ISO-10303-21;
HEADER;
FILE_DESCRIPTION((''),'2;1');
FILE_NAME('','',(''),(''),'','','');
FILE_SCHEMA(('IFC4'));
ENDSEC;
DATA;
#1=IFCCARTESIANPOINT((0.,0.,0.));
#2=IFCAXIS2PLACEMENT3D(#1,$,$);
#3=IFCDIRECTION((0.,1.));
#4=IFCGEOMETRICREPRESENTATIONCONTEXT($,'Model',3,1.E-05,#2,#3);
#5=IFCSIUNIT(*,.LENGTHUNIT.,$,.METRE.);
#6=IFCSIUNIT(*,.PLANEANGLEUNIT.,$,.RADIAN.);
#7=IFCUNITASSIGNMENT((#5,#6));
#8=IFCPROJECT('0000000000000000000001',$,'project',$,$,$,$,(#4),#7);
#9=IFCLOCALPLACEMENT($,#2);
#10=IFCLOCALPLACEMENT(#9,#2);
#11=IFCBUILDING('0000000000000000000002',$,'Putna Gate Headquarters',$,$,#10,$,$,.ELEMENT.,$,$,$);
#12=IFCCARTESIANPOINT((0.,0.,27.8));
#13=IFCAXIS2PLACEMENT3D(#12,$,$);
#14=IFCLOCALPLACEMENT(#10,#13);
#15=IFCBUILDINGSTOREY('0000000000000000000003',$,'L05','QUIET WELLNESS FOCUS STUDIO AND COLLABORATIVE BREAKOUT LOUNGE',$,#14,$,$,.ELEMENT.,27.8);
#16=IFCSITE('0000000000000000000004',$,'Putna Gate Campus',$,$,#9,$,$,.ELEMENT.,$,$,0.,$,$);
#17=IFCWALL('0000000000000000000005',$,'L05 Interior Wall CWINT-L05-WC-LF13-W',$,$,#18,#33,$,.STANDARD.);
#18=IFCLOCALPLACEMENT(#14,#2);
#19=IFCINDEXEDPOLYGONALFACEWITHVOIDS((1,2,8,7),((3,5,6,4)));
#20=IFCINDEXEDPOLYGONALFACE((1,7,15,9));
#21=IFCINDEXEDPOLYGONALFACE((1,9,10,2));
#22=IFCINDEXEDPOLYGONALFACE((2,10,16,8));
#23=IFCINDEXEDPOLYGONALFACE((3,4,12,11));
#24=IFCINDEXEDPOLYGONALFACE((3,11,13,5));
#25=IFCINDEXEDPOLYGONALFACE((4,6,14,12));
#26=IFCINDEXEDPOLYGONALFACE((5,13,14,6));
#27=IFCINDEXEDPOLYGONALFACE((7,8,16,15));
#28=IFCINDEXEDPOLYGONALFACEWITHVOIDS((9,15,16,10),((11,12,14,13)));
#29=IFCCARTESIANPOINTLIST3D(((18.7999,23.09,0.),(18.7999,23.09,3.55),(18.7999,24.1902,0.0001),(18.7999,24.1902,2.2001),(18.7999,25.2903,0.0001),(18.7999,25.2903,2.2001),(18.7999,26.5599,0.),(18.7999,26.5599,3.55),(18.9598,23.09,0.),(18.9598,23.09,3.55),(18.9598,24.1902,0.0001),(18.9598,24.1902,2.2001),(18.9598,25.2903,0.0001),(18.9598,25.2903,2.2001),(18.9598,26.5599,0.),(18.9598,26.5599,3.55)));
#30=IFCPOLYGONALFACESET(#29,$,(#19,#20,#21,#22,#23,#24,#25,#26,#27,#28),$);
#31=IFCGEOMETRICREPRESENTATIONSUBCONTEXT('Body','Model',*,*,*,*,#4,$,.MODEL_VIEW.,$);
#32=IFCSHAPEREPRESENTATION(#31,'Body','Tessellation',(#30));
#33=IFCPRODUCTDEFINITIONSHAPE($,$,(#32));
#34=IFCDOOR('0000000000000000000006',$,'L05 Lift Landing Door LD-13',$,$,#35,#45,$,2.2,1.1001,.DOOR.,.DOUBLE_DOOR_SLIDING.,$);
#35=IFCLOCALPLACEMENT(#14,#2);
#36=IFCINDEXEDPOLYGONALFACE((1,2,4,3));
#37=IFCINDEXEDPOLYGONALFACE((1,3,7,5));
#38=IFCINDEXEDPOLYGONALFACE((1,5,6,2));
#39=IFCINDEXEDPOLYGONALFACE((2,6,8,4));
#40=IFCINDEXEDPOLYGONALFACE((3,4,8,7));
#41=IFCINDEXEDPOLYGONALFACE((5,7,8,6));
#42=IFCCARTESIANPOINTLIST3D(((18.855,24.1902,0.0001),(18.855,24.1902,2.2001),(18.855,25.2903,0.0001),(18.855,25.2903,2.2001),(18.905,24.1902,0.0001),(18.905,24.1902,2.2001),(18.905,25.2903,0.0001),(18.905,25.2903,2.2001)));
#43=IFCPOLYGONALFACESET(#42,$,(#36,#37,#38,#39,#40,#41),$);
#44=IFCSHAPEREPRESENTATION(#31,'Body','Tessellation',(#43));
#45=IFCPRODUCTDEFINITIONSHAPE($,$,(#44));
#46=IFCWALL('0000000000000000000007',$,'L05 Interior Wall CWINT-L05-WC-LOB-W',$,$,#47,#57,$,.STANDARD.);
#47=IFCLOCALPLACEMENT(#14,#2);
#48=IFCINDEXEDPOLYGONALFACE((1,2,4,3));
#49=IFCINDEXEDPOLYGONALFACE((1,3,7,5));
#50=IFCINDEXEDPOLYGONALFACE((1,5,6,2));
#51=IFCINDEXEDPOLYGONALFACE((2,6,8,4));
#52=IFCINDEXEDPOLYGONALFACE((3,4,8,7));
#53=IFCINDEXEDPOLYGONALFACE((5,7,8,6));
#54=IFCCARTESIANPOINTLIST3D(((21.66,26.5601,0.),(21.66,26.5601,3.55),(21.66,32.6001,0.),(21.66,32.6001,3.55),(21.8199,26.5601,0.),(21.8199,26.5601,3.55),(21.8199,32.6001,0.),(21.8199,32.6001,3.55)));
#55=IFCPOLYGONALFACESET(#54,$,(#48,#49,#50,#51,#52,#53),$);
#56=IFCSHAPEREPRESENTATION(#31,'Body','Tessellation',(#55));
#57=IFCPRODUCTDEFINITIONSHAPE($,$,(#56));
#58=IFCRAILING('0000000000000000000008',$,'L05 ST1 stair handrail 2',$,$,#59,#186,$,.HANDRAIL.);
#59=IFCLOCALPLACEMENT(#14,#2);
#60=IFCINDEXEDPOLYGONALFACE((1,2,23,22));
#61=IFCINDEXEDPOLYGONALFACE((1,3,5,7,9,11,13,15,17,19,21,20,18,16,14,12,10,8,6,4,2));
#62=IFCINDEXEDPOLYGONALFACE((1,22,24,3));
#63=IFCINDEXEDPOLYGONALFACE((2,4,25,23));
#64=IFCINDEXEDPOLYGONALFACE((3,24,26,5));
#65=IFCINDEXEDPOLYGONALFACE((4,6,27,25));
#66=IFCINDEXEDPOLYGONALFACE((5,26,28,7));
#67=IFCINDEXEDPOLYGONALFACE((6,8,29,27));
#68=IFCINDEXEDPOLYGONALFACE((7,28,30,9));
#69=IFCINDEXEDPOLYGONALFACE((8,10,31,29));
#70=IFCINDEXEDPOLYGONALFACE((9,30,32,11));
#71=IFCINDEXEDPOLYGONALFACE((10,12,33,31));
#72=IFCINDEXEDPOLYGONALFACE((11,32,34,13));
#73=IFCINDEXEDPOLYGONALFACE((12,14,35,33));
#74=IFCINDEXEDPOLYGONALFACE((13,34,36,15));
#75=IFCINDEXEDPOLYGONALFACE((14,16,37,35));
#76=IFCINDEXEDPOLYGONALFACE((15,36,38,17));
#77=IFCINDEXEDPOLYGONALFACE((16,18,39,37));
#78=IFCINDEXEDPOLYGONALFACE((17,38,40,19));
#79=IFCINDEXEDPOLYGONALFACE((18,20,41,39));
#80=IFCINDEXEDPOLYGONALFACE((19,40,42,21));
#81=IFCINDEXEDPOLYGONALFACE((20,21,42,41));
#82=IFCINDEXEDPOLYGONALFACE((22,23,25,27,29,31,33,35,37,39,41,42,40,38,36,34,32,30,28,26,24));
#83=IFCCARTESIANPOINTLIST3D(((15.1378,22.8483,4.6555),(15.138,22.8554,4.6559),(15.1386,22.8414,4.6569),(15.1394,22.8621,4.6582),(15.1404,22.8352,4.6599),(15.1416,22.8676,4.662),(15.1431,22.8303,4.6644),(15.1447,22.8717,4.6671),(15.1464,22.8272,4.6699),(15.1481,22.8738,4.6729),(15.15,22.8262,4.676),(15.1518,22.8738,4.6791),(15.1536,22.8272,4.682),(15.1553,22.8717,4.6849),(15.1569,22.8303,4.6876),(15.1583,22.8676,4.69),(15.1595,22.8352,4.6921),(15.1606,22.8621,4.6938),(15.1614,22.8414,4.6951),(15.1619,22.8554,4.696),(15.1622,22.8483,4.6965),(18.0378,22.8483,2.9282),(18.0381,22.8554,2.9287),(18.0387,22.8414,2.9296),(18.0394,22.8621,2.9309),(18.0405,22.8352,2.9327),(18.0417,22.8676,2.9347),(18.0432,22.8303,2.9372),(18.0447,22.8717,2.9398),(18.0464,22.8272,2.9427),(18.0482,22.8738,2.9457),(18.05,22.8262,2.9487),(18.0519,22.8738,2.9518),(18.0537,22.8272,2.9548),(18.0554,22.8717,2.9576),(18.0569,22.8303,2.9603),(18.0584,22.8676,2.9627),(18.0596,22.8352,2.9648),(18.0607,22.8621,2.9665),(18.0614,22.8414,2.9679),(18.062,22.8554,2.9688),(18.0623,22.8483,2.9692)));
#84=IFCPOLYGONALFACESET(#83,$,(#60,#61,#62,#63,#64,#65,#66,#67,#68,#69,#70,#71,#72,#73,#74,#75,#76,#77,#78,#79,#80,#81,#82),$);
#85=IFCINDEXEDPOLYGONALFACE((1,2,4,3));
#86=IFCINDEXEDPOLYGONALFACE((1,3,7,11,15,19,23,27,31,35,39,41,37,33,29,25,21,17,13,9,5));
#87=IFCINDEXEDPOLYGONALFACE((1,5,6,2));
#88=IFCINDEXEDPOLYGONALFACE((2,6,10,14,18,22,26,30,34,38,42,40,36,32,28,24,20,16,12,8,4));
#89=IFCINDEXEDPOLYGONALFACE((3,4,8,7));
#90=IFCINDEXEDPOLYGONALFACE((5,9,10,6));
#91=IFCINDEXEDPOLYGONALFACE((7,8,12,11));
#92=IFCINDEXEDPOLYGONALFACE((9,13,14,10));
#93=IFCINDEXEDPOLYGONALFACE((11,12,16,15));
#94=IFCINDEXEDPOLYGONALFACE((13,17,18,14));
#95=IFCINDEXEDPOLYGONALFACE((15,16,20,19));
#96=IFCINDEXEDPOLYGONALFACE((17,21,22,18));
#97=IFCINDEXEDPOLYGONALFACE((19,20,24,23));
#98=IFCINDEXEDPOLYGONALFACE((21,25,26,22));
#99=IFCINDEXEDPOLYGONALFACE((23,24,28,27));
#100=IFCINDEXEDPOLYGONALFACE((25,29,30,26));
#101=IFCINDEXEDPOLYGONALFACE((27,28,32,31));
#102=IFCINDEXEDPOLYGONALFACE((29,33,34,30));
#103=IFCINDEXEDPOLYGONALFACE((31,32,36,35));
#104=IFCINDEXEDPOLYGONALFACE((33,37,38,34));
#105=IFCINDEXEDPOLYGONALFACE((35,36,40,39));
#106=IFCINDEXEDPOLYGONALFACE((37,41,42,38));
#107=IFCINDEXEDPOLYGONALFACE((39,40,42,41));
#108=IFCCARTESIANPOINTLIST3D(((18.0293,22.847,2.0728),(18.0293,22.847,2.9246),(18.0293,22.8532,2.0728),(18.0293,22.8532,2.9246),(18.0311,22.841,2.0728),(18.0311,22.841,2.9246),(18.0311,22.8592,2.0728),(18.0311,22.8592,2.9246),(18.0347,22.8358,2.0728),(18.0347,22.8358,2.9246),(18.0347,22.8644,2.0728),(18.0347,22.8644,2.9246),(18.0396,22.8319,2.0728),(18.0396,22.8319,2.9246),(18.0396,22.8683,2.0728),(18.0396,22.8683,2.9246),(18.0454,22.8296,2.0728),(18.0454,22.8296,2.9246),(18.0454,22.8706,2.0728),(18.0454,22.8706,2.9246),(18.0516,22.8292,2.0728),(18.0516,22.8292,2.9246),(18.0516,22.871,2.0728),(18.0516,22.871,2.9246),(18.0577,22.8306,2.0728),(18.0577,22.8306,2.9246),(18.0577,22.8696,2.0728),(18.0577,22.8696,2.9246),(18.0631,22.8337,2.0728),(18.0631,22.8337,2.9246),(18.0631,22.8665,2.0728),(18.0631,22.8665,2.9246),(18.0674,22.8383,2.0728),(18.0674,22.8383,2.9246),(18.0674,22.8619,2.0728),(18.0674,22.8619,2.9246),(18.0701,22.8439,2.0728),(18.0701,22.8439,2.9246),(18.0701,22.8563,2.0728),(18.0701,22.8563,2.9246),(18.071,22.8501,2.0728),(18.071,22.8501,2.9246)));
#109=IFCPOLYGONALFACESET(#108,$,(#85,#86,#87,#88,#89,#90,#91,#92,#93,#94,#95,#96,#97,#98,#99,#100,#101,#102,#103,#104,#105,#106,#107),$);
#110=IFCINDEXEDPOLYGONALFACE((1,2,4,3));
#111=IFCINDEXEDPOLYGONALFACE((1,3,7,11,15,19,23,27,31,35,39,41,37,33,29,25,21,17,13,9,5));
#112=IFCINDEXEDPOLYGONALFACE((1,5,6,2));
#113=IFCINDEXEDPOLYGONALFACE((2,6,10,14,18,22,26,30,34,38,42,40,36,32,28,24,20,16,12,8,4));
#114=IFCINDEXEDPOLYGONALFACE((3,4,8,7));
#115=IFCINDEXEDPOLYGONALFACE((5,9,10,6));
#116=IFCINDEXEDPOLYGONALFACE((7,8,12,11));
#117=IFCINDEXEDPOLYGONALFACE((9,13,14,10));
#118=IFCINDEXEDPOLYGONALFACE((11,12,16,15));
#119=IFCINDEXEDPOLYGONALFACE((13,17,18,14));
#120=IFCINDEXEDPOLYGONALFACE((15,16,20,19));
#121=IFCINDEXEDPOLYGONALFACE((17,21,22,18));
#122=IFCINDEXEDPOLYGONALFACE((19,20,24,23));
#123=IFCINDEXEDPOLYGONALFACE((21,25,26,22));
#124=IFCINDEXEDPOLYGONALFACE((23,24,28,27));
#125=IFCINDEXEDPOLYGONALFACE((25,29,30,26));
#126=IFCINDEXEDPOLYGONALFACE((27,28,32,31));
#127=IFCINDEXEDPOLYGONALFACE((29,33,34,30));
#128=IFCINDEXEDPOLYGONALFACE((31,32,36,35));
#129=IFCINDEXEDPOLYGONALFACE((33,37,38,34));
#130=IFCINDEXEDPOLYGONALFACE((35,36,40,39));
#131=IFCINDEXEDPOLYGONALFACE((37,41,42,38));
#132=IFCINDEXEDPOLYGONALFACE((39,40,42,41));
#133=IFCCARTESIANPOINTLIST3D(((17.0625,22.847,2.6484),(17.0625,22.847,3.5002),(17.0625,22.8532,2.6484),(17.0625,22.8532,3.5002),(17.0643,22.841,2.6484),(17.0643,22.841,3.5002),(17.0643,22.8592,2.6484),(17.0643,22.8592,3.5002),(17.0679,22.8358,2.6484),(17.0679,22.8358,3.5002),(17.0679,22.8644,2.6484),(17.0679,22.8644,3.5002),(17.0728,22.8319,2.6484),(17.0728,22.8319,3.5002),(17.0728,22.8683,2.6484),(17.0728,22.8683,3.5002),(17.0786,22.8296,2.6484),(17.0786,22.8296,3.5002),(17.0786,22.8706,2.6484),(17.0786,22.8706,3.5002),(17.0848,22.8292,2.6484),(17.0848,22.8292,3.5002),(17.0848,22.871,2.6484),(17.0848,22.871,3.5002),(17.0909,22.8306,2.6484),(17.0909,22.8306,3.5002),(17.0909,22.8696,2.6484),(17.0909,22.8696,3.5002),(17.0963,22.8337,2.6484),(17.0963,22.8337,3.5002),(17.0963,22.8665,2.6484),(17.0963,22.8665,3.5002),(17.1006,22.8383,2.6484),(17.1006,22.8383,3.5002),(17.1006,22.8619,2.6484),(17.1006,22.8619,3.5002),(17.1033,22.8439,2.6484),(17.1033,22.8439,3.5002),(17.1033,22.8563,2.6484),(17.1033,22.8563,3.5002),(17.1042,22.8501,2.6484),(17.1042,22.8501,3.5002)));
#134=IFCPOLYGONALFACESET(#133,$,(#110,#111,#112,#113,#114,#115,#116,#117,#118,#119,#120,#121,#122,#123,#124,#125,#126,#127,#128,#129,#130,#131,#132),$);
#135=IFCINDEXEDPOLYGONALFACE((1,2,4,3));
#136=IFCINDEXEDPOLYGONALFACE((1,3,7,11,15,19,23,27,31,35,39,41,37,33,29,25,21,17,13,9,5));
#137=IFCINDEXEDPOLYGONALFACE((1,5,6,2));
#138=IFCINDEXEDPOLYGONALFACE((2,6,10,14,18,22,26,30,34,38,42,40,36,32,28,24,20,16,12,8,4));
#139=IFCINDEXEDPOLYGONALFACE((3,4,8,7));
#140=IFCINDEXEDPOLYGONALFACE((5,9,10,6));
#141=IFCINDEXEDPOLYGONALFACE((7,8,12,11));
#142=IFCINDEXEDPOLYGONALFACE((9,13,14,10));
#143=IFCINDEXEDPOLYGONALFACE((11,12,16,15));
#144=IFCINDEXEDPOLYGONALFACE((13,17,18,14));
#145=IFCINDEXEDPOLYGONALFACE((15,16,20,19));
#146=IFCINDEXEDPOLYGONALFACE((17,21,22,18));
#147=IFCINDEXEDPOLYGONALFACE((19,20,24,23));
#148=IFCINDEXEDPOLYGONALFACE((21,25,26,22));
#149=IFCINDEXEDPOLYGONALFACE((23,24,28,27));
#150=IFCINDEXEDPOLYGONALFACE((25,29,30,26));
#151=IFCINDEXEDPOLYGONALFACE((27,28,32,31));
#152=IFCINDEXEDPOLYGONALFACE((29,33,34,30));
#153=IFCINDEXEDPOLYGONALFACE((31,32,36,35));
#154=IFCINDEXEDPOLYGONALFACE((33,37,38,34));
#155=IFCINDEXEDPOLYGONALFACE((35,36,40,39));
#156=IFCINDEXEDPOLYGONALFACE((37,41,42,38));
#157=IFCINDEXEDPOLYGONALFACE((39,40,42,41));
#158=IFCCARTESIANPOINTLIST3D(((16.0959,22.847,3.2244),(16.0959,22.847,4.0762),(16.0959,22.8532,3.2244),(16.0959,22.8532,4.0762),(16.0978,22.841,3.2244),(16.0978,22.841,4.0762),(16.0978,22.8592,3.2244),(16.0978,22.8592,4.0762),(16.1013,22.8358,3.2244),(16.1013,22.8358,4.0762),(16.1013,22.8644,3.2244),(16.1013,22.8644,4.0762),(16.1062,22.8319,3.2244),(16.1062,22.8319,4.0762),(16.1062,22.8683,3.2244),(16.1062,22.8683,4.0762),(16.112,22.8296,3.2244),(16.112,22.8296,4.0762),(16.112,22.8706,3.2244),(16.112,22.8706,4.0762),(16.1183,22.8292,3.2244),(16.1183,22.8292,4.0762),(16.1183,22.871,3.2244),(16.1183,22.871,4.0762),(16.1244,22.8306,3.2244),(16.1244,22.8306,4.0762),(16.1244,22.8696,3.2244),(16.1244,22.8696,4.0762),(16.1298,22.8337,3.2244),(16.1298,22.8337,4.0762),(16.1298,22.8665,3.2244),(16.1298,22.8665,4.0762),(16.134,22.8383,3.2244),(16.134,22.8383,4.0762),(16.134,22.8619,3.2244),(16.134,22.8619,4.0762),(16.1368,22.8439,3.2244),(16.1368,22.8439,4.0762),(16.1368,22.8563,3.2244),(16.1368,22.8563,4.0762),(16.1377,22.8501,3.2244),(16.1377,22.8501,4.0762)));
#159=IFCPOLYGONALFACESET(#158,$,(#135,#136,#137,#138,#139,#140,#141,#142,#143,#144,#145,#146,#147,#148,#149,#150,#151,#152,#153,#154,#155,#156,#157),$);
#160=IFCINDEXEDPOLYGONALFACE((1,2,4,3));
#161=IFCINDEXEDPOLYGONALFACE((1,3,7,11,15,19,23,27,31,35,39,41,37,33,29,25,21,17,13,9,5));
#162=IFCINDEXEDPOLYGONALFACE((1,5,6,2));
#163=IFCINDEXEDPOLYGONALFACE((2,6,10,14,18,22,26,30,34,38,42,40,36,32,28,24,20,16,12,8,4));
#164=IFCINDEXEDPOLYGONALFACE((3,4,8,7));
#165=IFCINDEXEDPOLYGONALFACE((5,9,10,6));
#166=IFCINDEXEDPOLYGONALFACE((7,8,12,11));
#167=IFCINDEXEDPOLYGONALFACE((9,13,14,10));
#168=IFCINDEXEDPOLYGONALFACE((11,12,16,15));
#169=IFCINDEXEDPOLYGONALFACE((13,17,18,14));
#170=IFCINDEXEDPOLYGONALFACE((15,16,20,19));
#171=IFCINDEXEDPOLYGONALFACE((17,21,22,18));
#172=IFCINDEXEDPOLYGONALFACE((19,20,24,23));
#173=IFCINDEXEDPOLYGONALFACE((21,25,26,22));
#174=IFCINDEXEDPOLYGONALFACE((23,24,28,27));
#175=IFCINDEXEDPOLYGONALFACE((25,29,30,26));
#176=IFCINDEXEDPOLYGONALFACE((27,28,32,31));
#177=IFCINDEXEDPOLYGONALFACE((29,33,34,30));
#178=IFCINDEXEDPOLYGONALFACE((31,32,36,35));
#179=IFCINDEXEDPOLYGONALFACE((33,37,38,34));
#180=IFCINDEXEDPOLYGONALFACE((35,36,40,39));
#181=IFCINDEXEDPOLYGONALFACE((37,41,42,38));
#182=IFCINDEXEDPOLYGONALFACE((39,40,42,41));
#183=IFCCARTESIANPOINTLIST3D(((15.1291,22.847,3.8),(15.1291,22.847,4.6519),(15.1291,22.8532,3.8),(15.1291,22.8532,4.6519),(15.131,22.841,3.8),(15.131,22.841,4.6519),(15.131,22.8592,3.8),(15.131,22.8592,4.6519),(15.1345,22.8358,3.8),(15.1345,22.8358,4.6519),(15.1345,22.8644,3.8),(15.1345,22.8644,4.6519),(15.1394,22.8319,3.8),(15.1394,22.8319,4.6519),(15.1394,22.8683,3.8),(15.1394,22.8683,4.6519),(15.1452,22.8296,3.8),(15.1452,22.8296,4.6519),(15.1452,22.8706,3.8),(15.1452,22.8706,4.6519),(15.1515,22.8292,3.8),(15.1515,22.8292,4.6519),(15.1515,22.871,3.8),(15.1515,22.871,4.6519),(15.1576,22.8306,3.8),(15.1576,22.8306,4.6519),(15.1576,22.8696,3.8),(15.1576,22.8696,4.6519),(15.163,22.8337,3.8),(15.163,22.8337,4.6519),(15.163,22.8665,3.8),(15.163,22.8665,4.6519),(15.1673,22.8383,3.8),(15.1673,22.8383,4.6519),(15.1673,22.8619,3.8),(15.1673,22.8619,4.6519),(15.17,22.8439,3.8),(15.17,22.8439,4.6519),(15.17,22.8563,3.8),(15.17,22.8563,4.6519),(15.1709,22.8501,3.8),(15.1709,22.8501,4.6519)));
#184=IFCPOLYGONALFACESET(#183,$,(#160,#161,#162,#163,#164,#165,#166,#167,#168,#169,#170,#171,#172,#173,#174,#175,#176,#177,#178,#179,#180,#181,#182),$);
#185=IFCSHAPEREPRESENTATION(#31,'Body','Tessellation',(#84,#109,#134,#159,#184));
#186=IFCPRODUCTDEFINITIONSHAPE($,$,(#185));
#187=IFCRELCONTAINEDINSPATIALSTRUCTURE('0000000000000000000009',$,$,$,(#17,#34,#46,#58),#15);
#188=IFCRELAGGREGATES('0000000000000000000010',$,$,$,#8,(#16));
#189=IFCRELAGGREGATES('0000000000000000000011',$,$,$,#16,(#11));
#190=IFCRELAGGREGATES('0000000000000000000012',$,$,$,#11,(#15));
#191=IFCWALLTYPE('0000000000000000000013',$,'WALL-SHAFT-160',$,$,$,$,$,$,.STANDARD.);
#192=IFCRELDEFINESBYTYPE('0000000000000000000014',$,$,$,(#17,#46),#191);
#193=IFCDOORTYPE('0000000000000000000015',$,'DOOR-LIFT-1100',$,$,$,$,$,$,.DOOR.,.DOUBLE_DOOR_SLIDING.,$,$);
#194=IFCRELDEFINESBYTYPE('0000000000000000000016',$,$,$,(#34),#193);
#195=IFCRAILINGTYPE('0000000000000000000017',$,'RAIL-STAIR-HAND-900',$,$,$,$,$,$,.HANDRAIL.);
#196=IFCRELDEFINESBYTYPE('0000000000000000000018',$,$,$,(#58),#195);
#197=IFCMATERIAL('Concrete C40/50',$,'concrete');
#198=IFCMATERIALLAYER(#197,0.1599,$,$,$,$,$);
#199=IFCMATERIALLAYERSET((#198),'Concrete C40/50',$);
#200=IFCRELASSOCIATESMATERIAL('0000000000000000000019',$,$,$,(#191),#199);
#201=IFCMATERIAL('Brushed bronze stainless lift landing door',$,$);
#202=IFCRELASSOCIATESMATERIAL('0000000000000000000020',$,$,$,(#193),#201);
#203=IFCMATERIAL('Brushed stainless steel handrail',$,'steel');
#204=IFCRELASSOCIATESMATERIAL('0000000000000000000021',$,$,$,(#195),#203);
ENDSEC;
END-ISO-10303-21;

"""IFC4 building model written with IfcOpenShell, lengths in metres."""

from ifc_helpers import new_model, si_unit, direction, frame, frame_2d, origin, origin_2d, place, context, subcontext, project, spatial, rectangle, circle, extrude, material, layer, layer_set, type_object, element, fill, save


model = new_model("IFC4")

# Units and contexts
model_context = context("Model", 3, precision=1e-05, world=origin(), true_north=direction((0.0, 1.0)))
body_context = subcontext(model_context, "Body", "Model", "MODEL_VIEW")
ifc_project = project(units=[si_unit("LENGTHUNIT", "METRE"), si_unit("PLANEANGLEUNIT", "RADIAN")], contexts=[model_context])

# Site, building, storey
site_placement = place(None, origin())
site = spatial("IfcSite", under=ifc_project, at=site_placement, Name="Putna Gate Campus", CompositionType="ELEMENT", RefElevation=0.0)
building_placement = place(site_placement, origin())
building = spatial("IfcBuilding", under=site, at=building_placement, Name="Putna Gate Headquarters", CompositionType="ELEMENT")
storey_placement = place(building_placement, frame((0.0, 0.0, 27.8)))
storey = spatial("IfcBuildingStorey", under=building, at=storey_placement, Name="L05", Description="QUIET WELLNESS FOCUS STUDIO AND COLLABORATIVE BREAKOUT LOUNGE", CompositionType="ELEMENT", Elevation=27.8)

# Shared definitions
ifc_material_1 = material(Name="Concrete C40/50", Category="concrete")
ifc_layer_1 = layer(ifc_material_1, 0.1599)
ifc_layer_set_1 = layer_set([ifc_layer_1], Name="Concrete C40/50")
wall_type_1 = type_object("IfcWallType", Name="WALL-SHAFT-160", PredefinedType="STANDARD", material=ifc_layer_set_1)

# Wall, opening, door
wall_1_placement = place(storey_placement, frame((18.8799, 23.0901, 0.0), z_axis=(0.0, 0.0, 1.0), x_axis=(0.0, 1.0, 0.0)))
wall_1 = element("IfcWall", 1, at=wall_1_placement, inside=storey, type_object=wall_type_1, Name="L05 Interior Wall CWINT-L05-WC-LF13-W", PredefinedType="STANDARD", context=body_context, shape_type="SweptSolid", body=[
    extrude(rectangle(XDim=3.47, YDim=0.1599, at=frame_2d((1.7349, 0.0))), origin(), (0.0, 0.0, 1.0), 3.55),
])
opening_1_placement = place(wall_1_placement, frame((1.1001, 0.0, 0.0)))
opening_1 = element("IfcOpeningElement", 2, at=opening_1_placement, cuts=wall_1, PredefinedType="OPENING", context=body_context, shape_type="SweptSolid", body=[
    extrude(rectangle(XDim=1.1001, YDim=2.2, at=frame_2d((0.55, 1.1001))), frame((0.0, 0.0898, 0.0), z_axis=(0.0, -1.0, 0.0), x_axis=(1.0, 0.0, 0.0)), (0.0, 0.0, 1.0), 0.1799),
])
ifc_material_2 = material(Name="Brushed bronze stainless lift landing door")
door_type_1 = type_object("IfcDoorType", Name="DOOR-LIFT-1100", OperationType="DOUBLE_DOOR_SLIDING", PredefinedType="DOOR", material=ifc_material_2)
door_1_placement = place(opening_1_placement, origin())
door_1 = element("IfcDoor", 3, at=door_1_placement, inside=storey, type_object=door_type_1, Name="L05 Lift Landing Door LD-13", OperationType="DOUBLE_DOOR_SLIDING", OverallHeight=2.2, OverallWidth=1.1001, PredefinedType="DOOR", context=body_context, shape_type="SweptSolid", body=[
    extrude(rectangle(XDim=1.1001, YDim=2.2, at=frame_2d((0.55, 1.1001))), frame((0.0, 0.0249, 0.0), z_axis=(0.0, -1.0, 0.0), x_axis=(1.0, 0.0, 0.0)), (0.0, 0.0, 1.0), 0.05),
])
fill(opening_1, door_1)

# Wall
wall_2_placement = place(storey_placement, frame((21.74, 26.5601, 0.0), z_axis=(0.0, 0.0, 1.0), x_axis=(0.0, 1.0, 0.0)))
element("IfcWall", 4, at=wall_2_placement, inside=storey, type_object=wall_type_1, Name="L05 Interior Wall CWINT-L05-WC-LOB-W", PredefinedType="STANDARD", context=body_context, shape_type="SweptSolid", body=[
    extrude(rectangle(XDim=6.04, YDim=0.1599, at=frame_2d((3.02, 0.0))), origin(), (0.0, 0.0, 1.0), 3.55),
])

# Railing
ifc_material_3 = material(Name="Brushed stainless steel handrail", Category="steel")
railing_type_1 = type_object("IfcRailingType", Name="RAIL-STAIR-HAND-900", PredefinedType="HANDRAIL", material=ifc_material_3)
railing_1_placement = place(storey_placement, frame((18.05, 22.8501, 2.0728)))
element("IfcRailing", 5, at=railing_1_placement, inside=storey, type_object=railing_type_1, Name="L05 ST1 stair handrail 2", PredefinedType="HANDRAIL", context=body_context, shape_type="SweptSolid", body=[
    extrude(circle(Radius=0.0239, at=origin_2d()), frame((0.0, 0.0, 0.876), z_axis=(-0.85916, 0.0, 0.511706), x_axis=(0.0, -1.0, 0.0)), (0.0, 0.0, 1.0), 3.3755),
    extrude(circle(Radius=0.021, at=origin_2d()), origin(), (0.0, 0.0, 1.0), 0.8518),
    extrude(circle(Radius=0.021, at=origin_2d()), frame((-0.9668, 0.0, 0.5757)), (0.0, 0.0, 1.0), 0.8518),
    extrude(circle(Radius=0.021, at=origin_2d()), frame((-1.9333, 0.0, 1.1516)), (0.0, 0.0, 1.0), 0.8518),
    extrude(circle(Radius=0.021, at=origin_2d()), frame((-2.9001, 0.0, 1.7273)), (0.0, 0.0, 1.0), 0.8518),
])

save(model, "model.ifc")
